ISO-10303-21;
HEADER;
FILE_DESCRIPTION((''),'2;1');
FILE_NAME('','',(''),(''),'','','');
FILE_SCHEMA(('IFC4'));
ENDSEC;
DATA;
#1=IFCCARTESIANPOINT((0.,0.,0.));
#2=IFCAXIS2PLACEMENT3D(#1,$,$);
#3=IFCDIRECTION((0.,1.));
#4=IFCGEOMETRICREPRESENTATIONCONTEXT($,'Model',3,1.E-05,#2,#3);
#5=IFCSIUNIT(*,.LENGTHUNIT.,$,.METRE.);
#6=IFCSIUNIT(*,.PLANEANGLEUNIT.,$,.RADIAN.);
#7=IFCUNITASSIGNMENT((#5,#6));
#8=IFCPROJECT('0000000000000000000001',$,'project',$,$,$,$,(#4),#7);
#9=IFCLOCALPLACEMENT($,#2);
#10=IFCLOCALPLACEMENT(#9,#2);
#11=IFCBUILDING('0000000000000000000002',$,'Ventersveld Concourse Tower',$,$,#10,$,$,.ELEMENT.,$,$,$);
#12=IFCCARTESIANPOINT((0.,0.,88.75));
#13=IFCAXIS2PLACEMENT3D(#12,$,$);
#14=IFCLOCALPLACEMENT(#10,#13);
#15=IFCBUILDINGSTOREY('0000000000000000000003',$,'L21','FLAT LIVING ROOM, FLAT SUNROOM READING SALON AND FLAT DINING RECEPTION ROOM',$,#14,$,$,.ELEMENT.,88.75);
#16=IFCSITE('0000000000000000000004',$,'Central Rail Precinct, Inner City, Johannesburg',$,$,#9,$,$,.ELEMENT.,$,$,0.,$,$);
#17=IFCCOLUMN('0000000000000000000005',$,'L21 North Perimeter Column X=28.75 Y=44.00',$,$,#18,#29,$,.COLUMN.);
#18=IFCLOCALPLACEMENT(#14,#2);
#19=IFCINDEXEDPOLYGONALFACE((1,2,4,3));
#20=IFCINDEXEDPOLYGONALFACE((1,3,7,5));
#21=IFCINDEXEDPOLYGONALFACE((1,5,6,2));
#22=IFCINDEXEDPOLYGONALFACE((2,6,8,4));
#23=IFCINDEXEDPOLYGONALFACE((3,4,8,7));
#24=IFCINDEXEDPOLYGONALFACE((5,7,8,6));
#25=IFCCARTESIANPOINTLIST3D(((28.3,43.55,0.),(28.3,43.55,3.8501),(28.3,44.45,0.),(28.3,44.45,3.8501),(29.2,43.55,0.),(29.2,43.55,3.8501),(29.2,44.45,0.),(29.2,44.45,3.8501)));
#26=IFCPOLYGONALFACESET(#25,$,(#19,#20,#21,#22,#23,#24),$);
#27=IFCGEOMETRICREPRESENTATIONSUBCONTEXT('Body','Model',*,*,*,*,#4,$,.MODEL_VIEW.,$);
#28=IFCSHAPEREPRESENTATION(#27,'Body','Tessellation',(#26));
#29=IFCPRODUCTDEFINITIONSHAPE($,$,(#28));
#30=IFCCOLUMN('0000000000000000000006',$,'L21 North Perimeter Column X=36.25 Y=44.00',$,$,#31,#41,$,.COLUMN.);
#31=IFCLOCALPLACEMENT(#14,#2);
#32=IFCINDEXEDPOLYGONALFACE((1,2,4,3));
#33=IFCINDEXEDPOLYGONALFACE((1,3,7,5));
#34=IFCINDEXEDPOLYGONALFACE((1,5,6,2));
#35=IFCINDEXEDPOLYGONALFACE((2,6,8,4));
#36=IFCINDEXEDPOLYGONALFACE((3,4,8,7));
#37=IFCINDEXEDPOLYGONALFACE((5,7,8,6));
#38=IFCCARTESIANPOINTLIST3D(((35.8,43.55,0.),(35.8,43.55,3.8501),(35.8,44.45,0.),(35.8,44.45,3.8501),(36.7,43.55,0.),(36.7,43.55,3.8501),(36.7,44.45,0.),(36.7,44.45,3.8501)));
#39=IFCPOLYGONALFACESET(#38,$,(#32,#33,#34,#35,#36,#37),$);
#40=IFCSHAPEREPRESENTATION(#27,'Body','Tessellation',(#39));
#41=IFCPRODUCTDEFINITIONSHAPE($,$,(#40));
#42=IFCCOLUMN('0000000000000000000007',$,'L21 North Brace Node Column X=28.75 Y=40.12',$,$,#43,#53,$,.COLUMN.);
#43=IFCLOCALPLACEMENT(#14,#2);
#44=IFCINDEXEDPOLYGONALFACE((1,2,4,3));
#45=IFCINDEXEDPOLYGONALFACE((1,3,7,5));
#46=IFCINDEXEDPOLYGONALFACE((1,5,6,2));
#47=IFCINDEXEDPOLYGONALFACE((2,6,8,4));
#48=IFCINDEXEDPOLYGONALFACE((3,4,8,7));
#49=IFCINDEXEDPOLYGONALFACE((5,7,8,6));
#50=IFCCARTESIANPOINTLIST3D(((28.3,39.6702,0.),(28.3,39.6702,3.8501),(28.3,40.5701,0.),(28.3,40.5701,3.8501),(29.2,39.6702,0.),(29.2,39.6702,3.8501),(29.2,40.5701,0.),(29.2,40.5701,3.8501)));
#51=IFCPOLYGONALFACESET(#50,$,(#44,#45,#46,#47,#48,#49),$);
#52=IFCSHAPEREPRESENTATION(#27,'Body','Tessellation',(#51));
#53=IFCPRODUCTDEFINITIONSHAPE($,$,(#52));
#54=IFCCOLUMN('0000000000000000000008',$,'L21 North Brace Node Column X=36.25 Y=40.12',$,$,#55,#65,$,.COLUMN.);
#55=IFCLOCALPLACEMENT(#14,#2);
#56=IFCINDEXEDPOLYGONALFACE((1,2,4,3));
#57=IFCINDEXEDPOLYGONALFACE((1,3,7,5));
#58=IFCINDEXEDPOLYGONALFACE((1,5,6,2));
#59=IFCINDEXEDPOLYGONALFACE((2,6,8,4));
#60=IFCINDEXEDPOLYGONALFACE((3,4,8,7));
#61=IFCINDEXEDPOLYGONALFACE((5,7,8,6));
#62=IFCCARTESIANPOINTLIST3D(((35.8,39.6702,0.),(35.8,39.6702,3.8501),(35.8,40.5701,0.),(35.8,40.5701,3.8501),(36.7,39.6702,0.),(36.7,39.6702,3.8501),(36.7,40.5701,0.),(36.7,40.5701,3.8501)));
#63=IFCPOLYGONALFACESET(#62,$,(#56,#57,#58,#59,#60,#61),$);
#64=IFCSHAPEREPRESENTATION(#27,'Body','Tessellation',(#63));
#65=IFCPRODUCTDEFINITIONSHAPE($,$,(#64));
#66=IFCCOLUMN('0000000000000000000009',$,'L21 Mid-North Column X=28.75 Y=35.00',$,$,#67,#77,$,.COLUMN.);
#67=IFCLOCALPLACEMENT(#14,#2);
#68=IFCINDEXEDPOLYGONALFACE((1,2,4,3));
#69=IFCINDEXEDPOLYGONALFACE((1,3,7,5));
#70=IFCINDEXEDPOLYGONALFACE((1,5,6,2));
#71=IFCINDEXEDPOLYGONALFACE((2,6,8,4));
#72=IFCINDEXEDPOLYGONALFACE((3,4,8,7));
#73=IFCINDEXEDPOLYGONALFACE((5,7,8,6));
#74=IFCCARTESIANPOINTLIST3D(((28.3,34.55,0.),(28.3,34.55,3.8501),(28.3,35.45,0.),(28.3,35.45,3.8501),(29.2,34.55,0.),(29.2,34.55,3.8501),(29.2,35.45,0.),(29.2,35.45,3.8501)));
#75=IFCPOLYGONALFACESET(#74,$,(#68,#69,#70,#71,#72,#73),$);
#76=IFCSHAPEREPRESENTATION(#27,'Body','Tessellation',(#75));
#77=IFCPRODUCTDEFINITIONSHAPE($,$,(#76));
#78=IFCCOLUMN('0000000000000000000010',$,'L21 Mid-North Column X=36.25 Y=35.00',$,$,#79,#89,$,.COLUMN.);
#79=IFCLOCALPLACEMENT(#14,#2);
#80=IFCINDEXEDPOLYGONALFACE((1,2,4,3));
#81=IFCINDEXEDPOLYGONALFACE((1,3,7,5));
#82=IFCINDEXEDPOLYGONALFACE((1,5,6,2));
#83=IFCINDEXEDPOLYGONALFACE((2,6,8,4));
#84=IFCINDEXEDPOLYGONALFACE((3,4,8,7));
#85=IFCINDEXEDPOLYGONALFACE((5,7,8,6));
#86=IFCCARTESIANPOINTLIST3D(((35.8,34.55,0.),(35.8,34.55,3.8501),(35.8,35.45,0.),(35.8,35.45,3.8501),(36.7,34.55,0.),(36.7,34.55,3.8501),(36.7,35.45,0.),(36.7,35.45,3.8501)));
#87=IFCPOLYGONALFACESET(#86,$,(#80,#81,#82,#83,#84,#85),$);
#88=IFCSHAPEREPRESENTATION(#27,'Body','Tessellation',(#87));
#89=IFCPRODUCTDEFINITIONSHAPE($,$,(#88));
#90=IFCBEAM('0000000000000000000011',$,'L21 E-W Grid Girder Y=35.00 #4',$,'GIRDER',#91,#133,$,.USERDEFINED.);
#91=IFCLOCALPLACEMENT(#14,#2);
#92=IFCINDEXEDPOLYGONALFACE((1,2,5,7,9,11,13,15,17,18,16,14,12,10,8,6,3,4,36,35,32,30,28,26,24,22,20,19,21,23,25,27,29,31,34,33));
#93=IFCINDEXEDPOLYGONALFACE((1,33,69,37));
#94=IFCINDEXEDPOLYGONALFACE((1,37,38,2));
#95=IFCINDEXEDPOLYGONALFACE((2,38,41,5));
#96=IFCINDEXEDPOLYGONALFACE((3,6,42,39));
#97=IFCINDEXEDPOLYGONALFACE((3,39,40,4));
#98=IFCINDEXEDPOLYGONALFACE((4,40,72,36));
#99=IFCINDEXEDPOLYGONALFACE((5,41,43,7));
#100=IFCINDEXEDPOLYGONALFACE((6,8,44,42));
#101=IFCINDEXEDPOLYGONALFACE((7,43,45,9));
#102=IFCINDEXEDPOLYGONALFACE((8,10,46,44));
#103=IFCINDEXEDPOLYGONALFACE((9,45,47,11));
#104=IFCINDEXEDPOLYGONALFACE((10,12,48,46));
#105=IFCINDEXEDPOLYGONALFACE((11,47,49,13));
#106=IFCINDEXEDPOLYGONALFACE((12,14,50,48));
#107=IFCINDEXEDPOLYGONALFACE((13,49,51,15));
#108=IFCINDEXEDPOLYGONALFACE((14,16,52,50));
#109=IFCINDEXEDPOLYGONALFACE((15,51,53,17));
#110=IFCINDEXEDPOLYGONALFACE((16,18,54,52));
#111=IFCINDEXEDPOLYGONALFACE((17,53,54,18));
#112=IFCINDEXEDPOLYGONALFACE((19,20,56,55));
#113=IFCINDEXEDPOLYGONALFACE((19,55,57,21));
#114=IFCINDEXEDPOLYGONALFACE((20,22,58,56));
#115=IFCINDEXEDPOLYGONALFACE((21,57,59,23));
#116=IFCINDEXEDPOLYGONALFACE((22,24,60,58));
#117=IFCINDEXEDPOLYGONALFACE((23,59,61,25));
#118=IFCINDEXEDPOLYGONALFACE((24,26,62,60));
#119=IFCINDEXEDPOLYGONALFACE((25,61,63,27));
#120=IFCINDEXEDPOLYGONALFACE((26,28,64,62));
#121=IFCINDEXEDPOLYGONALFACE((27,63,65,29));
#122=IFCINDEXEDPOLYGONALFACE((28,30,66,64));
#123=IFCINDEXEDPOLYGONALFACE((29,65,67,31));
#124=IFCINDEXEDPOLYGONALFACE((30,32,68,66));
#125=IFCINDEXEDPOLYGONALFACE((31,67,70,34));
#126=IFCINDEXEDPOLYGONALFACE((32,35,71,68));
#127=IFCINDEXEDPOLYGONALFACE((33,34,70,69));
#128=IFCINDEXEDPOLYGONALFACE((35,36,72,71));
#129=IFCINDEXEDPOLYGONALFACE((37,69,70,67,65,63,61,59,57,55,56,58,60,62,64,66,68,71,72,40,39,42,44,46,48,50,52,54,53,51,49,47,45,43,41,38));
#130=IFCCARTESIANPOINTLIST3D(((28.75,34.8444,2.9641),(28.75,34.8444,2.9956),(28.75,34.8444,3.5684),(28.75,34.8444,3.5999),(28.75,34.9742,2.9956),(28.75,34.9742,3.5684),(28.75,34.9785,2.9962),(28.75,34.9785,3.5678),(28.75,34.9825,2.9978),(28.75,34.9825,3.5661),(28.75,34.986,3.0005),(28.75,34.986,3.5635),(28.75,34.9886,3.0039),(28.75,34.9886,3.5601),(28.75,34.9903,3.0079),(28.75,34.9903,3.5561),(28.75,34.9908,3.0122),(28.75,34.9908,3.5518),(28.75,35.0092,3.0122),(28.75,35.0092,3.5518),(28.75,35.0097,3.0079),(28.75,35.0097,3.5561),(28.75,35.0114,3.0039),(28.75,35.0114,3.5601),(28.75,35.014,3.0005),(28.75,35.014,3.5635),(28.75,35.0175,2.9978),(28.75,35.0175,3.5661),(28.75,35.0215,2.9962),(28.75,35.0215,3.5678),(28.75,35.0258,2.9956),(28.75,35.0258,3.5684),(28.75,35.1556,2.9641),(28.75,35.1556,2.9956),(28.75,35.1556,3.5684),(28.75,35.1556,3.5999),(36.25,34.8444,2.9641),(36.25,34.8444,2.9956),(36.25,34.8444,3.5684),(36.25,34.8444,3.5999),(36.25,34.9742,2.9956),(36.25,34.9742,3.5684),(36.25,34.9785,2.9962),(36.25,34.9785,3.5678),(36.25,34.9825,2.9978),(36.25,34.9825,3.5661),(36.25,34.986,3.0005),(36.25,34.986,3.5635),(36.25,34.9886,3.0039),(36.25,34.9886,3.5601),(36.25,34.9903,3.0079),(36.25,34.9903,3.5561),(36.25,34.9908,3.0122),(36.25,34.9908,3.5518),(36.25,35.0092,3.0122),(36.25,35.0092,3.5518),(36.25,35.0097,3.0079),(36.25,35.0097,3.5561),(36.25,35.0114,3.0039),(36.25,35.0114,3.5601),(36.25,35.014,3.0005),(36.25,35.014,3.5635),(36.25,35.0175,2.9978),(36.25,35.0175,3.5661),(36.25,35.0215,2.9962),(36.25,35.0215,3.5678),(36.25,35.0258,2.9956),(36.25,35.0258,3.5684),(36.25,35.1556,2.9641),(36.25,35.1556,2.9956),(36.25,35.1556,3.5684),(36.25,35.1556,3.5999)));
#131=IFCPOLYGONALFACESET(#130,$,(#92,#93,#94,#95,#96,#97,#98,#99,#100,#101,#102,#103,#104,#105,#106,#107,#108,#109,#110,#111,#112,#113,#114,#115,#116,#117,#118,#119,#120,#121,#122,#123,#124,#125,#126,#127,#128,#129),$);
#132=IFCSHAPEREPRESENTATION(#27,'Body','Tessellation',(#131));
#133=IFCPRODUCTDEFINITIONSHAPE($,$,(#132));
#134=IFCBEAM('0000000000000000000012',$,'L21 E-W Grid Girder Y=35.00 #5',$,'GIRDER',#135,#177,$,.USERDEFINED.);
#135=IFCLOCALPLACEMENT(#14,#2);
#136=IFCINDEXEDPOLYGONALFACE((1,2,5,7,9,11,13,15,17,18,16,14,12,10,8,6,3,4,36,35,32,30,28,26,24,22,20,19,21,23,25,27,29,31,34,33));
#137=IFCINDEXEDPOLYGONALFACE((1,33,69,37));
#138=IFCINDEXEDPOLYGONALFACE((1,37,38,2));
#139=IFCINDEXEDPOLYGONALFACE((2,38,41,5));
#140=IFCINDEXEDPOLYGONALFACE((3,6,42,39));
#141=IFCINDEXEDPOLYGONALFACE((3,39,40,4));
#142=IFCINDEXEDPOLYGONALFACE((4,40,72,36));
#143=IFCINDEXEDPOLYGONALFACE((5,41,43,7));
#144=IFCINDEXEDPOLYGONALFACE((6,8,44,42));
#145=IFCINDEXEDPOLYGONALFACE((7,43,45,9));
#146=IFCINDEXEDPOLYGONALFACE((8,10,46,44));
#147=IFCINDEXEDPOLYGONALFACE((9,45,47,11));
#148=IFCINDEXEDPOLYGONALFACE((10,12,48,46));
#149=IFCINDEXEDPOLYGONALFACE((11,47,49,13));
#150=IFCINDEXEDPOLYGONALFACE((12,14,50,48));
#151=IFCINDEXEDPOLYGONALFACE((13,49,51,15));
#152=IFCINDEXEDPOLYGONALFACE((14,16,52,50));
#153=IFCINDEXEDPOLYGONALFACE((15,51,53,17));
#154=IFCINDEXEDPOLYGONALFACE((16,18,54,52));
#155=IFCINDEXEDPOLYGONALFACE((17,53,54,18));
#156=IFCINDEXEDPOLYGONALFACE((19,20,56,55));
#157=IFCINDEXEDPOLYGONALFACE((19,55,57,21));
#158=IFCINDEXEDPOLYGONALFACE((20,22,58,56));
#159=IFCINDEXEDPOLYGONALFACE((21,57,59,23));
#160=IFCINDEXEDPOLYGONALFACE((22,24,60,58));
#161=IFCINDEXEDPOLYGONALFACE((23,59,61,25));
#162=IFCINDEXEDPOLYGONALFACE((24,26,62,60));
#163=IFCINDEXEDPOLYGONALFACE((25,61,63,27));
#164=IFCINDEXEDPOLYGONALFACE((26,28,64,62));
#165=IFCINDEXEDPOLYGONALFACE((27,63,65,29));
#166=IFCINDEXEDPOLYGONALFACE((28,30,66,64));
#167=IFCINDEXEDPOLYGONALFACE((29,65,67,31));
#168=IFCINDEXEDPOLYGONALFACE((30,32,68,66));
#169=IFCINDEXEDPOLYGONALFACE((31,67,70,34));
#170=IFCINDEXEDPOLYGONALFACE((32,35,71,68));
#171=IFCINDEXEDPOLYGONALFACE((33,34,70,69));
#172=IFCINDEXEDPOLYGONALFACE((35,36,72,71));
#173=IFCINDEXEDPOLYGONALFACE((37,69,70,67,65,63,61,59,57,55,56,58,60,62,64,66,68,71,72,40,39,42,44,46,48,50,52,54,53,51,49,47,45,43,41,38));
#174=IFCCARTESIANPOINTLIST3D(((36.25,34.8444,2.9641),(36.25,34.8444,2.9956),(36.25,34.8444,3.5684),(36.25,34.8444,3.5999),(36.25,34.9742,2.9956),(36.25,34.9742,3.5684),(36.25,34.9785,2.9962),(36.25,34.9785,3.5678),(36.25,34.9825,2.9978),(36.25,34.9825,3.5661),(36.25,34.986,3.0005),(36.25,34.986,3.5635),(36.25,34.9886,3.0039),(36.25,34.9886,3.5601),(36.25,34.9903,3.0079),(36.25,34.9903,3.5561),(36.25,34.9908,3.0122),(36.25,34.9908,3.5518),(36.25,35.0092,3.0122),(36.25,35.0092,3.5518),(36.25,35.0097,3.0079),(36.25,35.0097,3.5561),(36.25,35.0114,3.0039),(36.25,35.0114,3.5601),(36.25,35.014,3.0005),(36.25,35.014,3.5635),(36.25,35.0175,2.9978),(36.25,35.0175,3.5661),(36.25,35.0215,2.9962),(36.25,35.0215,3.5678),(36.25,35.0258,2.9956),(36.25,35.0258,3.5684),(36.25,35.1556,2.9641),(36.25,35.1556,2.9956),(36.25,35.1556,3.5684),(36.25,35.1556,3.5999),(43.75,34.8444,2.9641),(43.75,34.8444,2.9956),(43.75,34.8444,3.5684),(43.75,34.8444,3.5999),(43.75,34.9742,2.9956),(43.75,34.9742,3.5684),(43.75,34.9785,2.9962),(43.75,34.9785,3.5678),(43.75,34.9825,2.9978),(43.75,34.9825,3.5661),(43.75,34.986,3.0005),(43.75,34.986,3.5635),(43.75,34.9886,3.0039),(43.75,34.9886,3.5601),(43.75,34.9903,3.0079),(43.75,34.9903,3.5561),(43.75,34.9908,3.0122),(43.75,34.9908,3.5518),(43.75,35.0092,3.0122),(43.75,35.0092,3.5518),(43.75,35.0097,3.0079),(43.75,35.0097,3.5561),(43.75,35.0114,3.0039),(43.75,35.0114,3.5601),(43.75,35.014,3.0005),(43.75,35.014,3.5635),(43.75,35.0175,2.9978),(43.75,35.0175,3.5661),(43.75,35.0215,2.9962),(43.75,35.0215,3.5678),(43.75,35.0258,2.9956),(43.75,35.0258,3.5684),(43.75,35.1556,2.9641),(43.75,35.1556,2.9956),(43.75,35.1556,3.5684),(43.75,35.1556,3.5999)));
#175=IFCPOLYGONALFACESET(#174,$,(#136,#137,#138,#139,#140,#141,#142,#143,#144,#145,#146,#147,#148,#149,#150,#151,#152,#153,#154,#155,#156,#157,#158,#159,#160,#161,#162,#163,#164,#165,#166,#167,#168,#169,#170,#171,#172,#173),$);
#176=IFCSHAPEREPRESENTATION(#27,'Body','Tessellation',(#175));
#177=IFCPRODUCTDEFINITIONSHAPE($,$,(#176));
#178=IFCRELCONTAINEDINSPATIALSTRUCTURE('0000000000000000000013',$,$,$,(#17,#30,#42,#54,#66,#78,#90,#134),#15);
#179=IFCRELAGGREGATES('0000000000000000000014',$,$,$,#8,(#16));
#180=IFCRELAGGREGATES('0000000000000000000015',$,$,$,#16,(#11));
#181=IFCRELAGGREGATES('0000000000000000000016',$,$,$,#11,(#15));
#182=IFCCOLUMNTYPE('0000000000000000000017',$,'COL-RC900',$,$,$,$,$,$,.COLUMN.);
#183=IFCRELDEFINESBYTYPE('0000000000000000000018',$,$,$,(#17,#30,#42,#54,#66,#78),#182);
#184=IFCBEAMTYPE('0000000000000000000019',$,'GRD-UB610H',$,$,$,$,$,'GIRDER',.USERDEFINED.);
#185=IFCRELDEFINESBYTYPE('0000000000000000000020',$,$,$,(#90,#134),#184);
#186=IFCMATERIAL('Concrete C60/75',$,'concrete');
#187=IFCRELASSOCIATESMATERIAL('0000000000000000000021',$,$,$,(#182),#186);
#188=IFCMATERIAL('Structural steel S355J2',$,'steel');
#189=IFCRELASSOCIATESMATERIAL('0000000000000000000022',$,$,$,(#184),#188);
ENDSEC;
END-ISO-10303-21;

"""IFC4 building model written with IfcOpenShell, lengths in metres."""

from ifc_helpers import new_model, si_unit, direction, frame, origin, origin_2d, place, context, subcontext, project, spatial, rectangle, i_section, extrude, material, material_profile, profile_set, type_object, element, save


model = new_model("IFC4")

# Units and contexts
model_context = context("Model", 3, precision=1e-05, world=origin(), true_north=direction((0.0, 1.0)))
body_context = subcontext(model_context, "Body", "Model", "MODEL_VIEW")
ifc_project = project(units=[si_unit("LENGTHUNIT", "METRE"), si_unit("PLANEANGLEUNIT", "RADIAN")], contexts=[model_context])

# Site, building, storey
site_placement = place(None, origin())
site = spatial("IfcSite", under=ifc_project, at=site_placement, Name="Central Rail Precinct, Inner City, Johannesburg", CompositionType="ELEMENT", RefElevation=0.0)
building_placement = place(site_placement, origin())
building = spatial("IfcBuilding", under=site, at=building_placement, Name="Ventersveld Concourse Tower", CompositionType="ELEMENT")
storey_placement = place(building_placement, frame((0.0, 0.0, 88.75)))
storey = spatial("IfcBuildingStorey", under=building, at=storey_placement, Name="L21", Description="FLAT LIVING ROOM, FLAT SUNROOM READING SALON AND FLAT DINING RECEPTION ROOM", CompositionType="ELEMENT", Elevation=88.75)

# Columns
ifc_material_1 = material(Name="Concrete C60/75", Category="concrete")
ifc_material_profile_1 = material_profile(ifc_material_1, rectangle(XDim=0.8999, YDim=0.8999, at=origin_2d()), Name="RC 900x900")
ifc_profile_set_1 = profile_set([ifc_material_profile_1], Name="Concrete C60/75")
column_type = type_object("IfcColumnType", Name="COL-RC900", PredefinedType="COLUMN", material=ifc_profile_set_1)
for number, where, z_axis, x_axis, name in (
    (1, (28.75, 44.0, 0.0), (0.0, 0.0, 1.0), (1.0, 0.0, 0.0), "L21 North Perimeter Column X=28.75 Y=44.00"),
    (2, (36.25, 44.0, 0.0), (0.0, 0.0, 1.0), (1.0, 0.0, 0.0), "L21 North Perimeter Column X=36.25 Y=44.00"),
    (3, (28.75, 40.1201, 0.0), (0.0, 0.0, 1.0), (1.0, 0.0, 0.0), "L21 North Brace Node Column X=28.75 Y=40.12"),
    (4, (36.25, 40.1201, 0.0), (0.0, 0.0, 1.0), (1.0, 0.0, 0.0), "L21 North Brace Node Column X=36.25 Y=40.12"),
    (5, (28.75, 35.0, 0.0), (0.0, 0.0, 1.0), (1.0, 0.0, 0.0), "L21 Mid-North Column X=28.75 Y=35.00"),
    (6, (36.25, 35.0, 0.0), (0.0, 0.0, 1.0), (1.0, 0.0, 0.0), "L21 Mid-North Column X=36.25 Y=35.00"),
):
    element("IfcColumn", number, at=place(storey_placement, frame(where, z_axis=z_axis, x_axis=x_axis)), inside=storey, type_object=column_type, Name=name, PredefinedType="COLUMN", context=body_context, shape_type="SweptSolid", body=[
        extrude(rectangle(XDim=0.8999, YDim=0.8999, at=origin_2d()), origin(), (0.0, 0.0, 1.0), 3.8501),
    ])

# Beams
ifc_material_2 = material(Name="Structural steel S355J2", Category="steel")
ifc_material_profile_2 = material_profile(ifc_material_2, i_section(OverallWidth=0.3113, OverallDepth=0.6357, WebThickness=0.0183, FlangeThickness=0.0315, FilletRadius=0.0166, at=origin_2d()), Name="UB 610x305x238")
ifc_profile_set_2 = profile_set([ifc_material_profile_2], Name="Structural steel S355J2")
beam_type_1 = type_object("IfcBeamType", Name="GRD-UB610H", ElementType="GIRDER", PredefinedType="USERDEFINED", material=ifc_profile_set_2)
for number, where, z_axis, x_axis, name in (
    (7, (28.75, 35.0, 3.282), (1.0, 0.0, 0.0), (0.0, 1.0, 0.0), "L21 E-W Grid Girder Y=35.00 #4"),
    (8, (36.25, 35.0, 3.282), (1.0, 0.0, 0.0), (0.0, 1.0, 0.0), "L21 E-W Grid Girder Y=35.00 #5"),
):
    element("IfcBeam", number, at=place(storey_placement, frame(where, z_axis=z_axis, x_axis=x_axis)), inside=storey, type_object=beam_type_1, Name=name, ObjectType="GIRDER", PredefinedType="USERDEFINED", context=body_context, shape_type="SweptSolid", body=[
        extrude(i_section(OverallWidth=0.3113, OverallDepth=0.6357, WebThickness=0.0183, FlangeThickness=0.0315, FilletRadius=0.0166, at=origin_2d()), origin(), (0.0, 0.0, 1.0), 7.5),
    ])

save(model, "model.ifc")
